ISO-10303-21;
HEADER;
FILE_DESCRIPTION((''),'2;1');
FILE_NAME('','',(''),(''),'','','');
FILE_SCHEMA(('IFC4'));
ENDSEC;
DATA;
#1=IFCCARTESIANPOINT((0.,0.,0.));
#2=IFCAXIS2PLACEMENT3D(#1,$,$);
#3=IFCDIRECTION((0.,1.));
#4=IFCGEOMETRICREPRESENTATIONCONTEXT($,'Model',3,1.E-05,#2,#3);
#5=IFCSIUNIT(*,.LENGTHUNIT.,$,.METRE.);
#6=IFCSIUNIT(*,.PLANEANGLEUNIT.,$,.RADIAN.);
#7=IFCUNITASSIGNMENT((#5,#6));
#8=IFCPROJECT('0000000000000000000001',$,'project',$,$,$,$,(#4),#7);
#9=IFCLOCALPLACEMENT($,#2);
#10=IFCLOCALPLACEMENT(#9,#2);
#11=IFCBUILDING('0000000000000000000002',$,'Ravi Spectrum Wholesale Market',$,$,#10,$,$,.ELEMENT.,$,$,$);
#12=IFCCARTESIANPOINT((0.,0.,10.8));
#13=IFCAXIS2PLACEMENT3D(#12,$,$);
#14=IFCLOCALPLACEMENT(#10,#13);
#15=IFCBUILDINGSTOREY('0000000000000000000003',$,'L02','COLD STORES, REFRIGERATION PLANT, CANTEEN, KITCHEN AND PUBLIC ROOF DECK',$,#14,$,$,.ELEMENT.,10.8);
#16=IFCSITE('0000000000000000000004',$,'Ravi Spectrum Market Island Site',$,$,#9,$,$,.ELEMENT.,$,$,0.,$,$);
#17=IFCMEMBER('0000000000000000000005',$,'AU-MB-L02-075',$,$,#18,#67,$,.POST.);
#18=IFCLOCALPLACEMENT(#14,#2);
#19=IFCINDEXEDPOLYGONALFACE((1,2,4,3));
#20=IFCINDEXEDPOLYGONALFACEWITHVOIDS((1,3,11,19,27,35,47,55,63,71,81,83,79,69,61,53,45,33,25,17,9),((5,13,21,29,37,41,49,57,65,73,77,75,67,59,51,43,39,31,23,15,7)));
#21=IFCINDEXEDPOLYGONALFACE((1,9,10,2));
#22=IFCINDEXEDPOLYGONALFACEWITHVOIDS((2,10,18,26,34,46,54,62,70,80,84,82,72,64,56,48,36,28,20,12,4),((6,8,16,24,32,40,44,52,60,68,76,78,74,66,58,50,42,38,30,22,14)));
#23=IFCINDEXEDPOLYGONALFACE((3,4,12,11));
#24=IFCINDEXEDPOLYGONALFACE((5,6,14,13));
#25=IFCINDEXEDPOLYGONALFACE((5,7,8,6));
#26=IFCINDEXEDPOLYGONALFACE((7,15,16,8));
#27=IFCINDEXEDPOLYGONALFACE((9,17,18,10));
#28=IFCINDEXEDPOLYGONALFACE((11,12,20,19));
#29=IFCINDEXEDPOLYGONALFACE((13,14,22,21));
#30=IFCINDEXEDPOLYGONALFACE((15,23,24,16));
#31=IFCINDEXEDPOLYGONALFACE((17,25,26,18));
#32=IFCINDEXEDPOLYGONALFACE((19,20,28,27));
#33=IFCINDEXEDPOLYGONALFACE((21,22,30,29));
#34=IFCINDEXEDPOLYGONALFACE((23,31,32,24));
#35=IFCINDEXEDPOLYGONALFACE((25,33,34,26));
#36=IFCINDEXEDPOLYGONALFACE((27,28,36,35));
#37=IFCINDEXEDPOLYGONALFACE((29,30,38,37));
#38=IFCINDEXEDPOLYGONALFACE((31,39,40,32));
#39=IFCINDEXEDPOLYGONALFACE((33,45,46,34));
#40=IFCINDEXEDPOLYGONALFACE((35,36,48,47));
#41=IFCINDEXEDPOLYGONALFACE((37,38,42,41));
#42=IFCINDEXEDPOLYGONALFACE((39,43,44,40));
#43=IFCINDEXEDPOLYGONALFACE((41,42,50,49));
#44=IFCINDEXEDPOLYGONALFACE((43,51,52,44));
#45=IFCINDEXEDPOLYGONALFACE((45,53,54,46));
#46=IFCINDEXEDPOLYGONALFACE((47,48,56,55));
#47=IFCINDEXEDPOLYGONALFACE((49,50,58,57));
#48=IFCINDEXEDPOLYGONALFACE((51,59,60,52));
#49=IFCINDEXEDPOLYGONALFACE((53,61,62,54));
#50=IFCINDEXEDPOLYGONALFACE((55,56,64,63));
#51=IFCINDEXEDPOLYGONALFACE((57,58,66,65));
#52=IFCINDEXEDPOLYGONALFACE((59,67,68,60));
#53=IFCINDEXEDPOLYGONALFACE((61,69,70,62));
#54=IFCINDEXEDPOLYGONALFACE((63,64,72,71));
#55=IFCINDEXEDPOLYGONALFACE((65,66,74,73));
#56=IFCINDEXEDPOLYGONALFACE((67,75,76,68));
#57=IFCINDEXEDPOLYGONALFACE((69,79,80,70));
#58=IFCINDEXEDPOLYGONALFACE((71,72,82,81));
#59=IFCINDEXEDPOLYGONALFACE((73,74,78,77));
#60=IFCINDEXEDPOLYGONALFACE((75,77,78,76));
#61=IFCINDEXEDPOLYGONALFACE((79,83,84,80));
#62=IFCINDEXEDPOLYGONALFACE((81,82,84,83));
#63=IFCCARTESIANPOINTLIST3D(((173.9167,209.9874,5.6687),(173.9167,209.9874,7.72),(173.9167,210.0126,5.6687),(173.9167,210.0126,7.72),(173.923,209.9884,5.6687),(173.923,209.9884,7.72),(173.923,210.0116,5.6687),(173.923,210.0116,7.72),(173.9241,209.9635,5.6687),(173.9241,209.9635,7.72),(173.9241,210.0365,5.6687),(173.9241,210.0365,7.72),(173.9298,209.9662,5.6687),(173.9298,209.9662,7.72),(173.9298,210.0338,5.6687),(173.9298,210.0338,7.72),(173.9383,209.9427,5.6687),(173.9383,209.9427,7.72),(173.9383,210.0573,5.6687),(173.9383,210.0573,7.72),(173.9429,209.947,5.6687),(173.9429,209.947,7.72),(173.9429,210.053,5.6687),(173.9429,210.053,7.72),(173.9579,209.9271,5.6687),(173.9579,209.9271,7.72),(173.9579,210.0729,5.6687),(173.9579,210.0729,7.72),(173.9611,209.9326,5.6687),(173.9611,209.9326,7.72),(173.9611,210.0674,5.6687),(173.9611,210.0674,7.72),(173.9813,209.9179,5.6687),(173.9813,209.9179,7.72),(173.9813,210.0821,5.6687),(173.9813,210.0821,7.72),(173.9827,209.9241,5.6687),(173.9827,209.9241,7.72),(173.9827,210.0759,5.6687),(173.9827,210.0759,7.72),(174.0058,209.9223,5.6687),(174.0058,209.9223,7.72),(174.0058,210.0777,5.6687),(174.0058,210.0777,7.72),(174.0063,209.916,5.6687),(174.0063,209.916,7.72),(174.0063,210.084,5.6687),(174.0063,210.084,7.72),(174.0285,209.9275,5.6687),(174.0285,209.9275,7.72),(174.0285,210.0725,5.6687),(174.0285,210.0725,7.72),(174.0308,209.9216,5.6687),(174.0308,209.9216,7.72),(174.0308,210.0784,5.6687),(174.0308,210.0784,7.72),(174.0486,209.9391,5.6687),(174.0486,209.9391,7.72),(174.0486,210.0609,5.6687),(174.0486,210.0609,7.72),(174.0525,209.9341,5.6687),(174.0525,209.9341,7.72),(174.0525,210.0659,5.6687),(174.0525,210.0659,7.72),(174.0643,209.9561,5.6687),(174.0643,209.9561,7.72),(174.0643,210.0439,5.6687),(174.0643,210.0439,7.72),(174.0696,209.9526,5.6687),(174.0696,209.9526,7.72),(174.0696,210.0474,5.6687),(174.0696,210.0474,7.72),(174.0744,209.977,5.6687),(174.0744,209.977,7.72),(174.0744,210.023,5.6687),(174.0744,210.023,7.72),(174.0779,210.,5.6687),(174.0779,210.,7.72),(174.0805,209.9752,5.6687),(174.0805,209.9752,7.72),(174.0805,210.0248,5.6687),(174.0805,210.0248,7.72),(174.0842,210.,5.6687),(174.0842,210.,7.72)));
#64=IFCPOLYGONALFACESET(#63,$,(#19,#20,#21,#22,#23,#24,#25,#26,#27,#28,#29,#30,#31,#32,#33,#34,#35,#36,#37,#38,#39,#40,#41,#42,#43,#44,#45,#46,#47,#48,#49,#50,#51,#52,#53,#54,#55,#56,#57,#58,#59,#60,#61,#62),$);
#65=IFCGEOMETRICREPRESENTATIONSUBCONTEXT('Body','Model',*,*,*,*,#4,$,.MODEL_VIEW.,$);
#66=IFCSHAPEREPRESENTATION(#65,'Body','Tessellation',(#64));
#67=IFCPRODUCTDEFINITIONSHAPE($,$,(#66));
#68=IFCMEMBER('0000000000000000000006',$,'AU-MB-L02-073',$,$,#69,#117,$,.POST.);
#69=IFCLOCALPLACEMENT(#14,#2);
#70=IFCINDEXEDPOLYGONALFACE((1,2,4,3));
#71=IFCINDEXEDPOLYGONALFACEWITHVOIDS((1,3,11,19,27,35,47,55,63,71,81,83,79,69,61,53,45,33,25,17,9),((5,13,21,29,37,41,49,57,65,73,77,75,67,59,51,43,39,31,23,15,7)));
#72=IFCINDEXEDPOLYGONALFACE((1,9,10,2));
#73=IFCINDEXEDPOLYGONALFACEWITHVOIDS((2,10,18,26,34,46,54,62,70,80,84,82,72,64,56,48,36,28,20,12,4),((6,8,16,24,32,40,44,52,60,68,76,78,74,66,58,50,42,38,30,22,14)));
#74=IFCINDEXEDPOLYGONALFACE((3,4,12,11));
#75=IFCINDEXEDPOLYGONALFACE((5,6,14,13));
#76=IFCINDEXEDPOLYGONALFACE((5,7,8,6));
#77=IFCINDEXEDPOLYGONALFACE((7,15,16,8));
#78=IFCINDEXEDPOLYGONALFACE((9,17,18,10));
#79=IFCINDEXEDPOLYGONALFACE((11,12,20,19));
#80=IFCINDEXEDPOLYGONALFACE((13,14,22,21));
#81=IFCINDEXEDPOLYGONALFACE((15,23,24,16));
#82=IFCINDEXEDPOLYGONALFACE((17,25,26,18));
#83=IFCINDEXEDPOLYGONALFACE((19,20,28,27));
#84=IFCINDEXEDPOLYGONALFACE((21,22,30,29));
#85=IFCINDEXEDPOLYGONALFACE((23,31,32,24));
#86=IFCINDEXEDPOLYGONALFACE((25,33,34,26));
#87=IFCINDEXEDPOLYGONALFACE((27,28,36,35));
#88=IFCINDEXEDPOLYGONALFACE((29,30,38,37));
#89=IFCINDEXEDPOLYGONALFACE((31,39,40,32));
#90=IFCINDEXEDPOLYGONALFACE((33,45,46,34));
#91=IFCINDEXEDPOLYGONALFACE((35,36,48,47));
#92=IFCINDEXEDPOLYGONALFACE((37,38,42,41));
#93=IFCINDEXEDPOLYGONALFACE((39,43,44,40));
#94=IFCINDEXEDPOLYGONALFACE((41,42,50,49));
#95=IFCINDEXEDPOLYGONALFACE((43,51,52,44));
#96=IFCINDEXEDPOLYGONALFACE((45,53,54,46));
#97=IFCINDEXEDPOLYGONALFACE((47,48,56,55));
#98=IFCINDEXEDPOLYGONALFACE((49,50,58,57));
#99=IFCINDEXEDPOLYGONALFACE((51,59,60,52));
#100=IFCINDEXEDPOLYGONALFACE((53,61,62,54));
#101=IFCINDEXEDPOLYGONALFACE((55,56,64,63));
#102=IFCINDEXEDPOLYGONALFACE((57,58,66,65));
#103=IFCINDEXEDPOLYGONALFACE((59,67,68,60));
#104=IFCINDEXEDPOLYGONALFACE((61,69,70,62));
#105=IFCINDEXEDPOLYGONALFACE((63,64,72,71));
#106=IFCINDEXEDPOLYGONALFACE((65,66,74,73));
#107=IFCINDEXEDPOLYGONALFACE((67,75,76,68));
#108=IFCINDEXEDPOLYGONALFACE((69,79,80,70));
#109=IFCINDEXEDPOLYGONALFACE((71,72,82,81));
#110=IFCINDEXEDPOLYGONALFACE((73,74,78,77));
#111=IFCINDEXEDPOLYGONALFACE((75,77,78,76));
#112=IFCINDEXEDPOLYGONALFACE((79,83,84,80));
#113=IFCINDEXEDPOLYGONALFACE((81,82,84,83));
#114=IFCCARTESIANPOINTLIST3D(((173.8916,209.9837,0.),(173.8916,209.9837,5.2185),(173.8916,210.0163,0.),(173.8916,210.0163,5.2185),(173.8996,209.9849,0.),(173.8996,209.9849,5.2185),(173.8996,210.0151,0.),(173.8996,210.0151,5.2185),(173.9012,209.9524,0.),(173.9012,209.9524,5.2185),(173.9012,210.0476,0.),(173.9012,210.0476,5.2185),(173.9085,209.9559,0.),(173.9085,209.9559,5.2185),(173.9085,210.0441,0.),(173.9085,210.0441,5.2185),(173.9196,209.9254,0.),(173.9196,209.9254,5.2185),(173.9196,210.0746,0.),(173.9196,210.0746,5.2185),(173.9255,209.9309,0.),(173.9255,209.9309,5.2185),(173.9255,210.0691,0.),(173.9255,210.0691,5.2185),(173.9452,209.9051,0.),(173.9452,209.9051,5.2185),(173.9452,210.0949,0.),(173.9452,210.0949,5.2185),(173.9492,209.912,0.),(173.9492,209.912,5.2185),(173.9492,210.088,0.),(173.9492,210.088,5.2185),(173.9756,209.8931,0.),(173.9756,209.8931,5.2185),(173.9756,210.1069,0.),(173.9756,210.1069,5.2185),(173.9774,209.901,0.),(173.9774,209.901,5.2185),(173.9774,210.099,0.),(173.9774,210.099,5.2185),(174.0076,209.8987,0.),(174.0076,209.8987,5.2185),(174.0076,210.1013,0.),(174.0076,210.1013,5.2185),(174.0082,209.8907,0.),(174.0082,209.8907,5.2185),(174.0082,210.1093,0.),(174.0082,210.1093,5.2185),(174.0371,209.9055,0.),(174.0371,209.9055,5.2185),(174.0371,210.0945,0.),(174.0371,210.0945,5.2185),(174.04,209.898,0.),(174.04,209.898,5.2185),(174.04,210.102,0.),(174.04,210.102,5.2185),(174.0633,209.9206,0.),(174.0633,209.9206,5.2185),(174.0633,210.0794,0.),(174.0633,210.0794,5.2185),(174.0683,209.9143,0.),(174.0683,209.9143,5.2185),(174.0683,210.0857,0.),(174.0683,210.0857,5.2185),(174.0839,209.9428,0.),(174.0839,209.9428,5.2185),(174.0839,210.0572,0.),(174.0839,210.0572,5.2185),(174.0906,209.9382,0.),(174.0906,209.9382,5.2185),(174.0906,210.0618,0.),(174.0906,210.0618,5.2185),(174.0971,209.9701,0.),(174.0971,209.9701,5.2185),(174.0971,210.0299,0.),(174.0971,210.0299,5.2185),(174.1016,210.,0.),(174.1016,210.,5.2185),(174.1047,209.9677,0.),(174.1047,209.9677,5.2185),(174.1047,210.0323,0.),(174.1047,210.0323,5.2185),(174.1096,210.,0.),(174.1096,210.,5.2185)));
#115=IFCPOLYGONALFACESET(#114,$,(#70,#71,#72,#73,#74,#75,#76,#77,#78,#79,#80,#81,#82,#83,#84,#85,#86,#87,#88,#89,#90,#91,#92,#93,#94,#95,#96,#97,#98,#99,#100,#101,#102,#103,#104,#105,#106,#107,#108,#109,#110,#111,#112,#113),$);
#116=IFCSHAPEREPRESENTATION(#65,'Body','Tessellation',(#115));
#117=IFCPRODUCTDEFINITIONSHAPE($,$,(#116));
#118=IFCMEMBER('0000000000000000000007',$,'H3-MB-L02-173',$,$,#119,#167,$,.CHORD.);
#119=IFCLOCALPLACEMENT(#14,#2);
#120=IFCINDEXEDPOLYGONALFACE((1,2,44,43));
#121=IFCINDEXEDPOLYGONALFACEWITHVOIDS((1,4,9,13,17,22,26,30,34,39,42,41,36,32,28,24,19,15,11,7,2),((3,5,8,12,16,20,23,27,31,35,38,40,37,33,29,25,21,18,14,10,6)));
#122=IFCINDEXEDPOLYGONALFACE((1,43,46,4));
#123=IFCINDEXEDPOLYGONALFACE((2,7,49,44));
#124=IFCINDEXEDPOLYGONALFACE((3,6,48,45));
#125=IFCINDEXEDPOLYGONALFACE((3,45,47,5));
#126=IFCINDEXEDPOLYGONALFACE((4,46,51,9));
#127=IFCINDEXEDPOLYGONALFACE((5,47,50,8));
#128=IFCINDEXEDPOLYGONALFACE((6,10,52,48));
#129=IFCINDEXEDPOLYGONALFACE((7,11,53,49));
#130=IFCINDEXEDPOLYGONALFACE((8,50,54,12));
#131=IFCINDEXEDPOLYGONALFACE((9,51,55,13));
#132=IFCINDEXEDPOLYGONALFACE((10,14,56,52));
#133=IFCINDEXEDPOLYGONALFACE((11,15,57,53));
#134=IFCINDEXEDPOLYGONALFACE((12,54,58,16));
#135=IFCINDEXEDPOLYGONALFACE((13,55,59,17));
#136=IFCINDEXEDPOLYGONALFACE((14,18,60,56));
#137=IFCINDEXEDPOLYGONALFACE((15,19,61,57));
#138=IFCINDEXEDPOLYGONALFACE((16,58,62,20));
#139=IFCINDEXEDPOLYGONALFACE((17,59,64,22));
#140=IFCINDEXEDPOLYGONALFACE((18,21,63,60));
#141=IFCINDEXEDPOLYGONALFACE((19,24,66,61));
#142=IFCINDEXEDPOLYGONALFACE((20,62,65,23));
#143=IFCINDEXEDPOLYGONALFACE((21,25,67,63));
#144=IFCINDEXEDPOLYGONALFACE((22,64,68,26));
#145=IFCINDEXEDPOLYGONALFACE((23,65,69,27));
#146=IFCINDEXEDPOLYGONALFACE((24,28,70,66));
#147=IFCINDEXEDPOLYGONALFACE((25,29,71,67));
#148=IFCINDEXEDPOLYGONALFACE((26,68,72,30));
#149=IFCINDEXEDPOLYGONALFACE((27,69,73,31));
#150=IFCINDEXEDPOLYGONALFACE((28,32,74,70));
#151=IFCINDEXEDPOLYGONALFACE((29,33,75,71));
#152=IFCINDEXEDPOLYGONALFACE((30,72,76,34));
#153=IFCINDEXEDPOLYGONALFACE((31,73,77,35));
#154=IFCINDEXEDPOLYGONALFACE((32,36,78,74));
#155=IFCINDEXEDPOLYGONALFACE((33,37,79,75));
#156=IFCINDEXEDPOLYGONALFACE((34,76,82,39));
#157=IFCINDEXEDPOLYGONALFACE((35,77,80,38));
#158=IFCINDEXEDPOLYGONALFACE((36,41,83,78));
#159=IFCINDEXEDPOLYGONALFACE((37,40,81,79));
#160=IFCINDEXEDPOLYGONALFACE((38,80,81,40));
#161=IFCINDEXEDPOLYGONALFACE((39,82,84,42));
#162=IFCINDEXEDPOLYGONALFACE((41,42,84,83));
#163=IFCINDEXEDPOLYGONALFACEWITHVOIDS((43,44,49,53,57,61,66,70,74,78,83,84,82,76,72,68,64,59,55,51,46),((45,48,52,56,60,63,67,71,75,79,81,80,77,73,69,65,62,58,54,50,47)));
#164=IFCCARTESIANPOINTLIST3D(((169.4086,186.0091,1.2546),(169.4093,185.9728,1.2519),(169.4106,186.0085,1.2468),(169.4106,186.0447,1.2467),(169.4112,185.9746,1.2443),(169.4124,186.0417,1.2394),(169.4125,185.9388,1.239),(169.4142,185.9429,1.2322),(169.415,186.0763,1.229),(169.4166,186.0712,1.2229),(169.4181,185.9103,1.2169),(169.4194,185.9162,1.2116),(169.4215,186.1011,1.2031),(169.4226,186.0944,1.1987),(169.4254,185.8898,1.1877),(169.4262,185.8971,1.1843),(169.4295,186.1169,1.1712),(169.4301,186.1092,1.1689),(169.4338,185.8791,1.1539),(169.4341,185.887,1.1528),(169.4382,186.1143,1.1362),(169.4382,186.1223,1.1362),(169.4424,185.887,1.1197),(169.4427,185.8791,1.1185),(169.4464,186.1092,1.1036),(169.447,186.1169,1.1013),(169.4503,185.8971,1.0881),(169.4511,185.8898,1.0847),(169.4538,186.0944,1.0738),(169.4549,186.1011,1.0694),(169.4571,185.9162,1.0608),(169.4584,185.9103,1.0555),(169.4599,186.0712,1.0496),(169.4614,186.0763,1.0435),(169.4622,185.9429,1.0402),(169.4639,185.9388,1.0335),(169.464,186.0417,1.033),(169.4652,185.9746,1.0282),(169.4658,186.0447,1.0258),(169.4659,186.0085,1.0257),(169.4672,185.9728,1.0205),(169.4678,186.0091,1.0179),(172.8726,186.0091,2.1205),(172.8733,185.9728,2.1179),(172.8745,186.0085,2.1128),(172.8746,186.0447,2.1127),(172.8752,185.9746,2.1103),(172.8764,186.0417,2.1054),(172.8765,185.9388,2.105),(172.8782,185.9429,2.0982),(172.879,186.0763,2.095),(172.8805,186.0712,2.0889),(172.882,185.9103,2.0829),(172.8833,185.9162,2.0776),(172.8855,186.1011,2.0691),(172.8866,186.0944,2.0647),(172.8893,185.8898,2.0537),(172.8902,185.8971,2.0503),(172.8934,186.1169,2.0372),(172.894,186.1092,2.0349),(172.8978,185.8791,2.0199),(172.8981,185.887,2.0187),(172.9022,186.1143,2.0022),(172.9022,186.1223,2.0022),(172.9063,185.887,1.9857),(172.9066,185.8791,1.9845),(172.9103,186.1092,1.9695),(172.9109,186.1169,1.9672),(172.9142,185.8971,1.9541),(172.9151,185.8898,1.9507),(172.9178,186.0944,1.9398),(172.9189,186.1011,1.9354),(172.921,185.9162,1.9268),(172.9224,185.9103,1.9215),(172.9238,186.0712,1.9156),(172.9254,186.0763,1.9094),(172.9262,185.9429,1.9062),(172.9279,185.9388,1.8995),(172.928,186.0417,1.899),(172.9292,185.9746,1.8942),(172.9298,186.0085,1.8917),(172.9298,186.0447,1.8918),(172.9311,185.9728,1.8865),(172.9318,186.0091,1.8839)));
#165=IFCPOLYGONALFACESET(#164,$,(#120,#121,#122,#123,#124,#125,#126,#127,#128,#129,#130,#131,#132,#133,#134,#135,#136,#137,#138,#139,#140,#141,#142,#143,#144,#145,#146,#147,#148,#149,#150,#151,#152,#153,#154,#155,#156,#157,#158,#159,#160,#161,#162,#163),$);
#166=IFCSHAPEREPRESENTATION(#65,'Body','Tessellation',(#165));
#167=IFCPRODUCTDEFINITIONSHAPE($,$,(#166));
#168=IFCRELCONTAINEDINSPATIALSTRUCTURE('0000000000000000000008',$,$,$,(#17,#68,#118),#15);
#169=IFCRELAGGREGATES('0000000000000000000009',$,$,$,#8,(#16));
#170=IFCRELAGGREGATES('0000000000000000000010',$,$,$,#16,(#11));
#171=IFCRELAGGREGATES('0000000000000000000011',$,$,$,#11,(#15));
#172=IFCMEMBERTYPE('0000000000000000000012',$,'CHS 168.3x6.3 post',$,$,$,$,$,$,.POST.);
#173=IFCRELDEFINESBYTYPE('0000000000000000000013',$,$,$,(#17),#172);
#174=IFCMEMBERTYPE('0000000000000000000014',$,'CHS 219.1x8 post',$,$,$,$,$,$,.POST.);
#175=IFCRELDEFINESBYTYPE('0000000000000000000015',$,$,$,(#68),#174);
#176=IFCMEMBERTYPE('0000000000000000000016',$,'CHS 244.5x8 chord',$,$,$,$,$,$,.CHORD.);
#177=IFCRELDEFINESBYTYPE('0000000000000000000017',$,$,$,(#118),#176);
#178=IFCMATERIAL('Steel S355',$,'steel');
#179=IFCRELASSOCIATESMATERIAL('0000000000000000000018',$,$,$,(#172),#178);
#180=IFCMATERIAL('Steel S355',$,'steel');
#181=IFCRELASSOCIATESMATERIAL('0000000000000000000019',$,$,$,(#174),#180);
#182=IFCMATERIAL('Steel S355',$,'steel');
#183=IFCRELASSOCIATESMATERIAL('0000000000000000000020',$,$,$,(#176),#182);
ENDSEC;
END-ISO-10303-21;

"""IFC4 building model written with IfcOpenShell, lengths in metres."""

from ifc_helpers import new_model, si_unit, direction, frame, origin, origin_2d, place, context, subcontext, project, spatial, hollow_circle, extrude, material, material_profile, profile_set, type_object, element, save


model = new_model("IFC4")

# Units and contexts
model_context = context("Model", 3, precision=1e-05, world=origin(), true_north=direction((0.0, 1.0)))
body_context = subcontext(model_context, "Body", "Model", "MODEL_VIEW")
ifc_project = project(units=[si_unit("LENGTHUNIT", "METRE"), si_unit("PLANEANGLEUNIT", "RADIAN")], contexts=[model_context])

# Site, building, storey
site_placement = place(None, origin())
site = spatial("IfcSite", under=ifc_project, at=site_placement, Name="Ravi Spectrum Market Island Site", CompositionType="ELEMENT", RefElevation=0.0)
building_placement = place(site_placement, origin())
building = spatial("IfcBuilding", under=site, at=building_placement, Name="Ravi Spectrum Wholesale Market", CompositionType="ELEMENT")
storey_placement = place(building_placement, frame((0.0, 0.0, 10.8)))
storey = spatial("IfcBuildingStorey", under=building, at=storey_placement, Name="L02", Description="COLD STORES, REFRIGERATION PLANT, CANTEEN, KITCHEN AND PUBLIC ROOF DECK", CompositionType="ELEMENT", Elevation=10.8)

# Members
ifc_material_1 = material(Name="Steel S355", Category="steel")
ifc_material_profile_1 = material_profile(ifc_material_1, hollow_circle(Radius=0.0842, WallThickness=0.0063, at=origin_2d()))
ifc_profile_set_1 = profile_set([ifc_material_profile_1], Name="Steel S355")
member_type_1 = type_object("IfcMemberType", Name="CHS 168.3x6.3 post", PredefinedType="POST", material=ifc_profile_set_1)
member_1_placement = place(storey_placement, frame((174.0, 210.0, 5.6687), z_axis=(0.0, 0.0, 1.0), x_axis=(1.0, 0.0, 0.0)))
element("IfcMember", 1, at=member_1_placement, inside=storey, type_object=member_type_1, Name="AU-MB-L02-075", PredefinedType="POST", context=body_context, shape_type="SweptSolid", body=[
    extrude(hollow_circle(Radius=0.0842, WallThickness=0.0063, at=origin_2d()), origin(), (0.0, 0.0, 1.0), 2.0513),
])
ifc_material_2 = material(Name="Steel S355", Category="steel")
ifc_material_profile_2 = material_profile(ifc_material_2, hollow_circle(Radius=0.1096, WallThickness=0.0081, at=origin_2d()))
ifc_profile_set_2 = profile_set([ifc_material_profile_2], Name="Steel S355")
member_type_2 = type_object("IfcMemberType", Name="CHS 219.1x8 post", PredefinedType="POST", material=ifc_profile_set_2)
member_2_placement = place(storey_placement, frame((174.0, 210.0, 0.0), z_axis=(0.0, 0.0, 1.0), x_axis=(1.0, 0.0, 0.0)))
element("IfcMember", 2, at=member_2_placement, inside=storey, type_object=member_type_2, Name="AU-MB-L02-073", PredefinedType="POST", context=body_context, shape_type="SweptSolid", body=[
    extrude(hollow_circle(Radius=0.1096, WallThickness=0.0081, at=origin_2d()), origin(), (0.0, 0.0, 1.0), 5.2185),
])
ifc_material_3 = material(Name="Steel S355", Category="steel")
ifc_material_profile_3 = material_profile(ifc_material_3, hollow_circle(Radius=0.1223, WallThickness=0.0081, at=origin_2d()))
ifc_profile_set_3 = profile_set([ifc_material_profile_3], Name="Steel S355")
member_type_3 = type_object("IfcMemberType", Name="CHS 244.5x8 chord", PredefinedType="CHORD", material=ifc_profile_set_3)
member_3_placement = place(storey_placement, frame((169.4382, 186.0, 1.1362), z_axis=(0.970143, 0.0, 0.242536), x_axis=(0.0, 1.0, 0.0)))
element("IfcMember", 3, at=member_3_placement, inside=storey, type_object=member_type_3, Name="H3-MB-L02-173", PredefinedType="CHORD", context=body_context, shape_type="SweptSolid", body=[
    extrude(hollow_circle(Radius=0.1223, WallThickness=0.0081, at=origin_2d()), origin(), (0.0, 0.0, 1.0), 3.5706),
])

save(model, "model.ifc")
